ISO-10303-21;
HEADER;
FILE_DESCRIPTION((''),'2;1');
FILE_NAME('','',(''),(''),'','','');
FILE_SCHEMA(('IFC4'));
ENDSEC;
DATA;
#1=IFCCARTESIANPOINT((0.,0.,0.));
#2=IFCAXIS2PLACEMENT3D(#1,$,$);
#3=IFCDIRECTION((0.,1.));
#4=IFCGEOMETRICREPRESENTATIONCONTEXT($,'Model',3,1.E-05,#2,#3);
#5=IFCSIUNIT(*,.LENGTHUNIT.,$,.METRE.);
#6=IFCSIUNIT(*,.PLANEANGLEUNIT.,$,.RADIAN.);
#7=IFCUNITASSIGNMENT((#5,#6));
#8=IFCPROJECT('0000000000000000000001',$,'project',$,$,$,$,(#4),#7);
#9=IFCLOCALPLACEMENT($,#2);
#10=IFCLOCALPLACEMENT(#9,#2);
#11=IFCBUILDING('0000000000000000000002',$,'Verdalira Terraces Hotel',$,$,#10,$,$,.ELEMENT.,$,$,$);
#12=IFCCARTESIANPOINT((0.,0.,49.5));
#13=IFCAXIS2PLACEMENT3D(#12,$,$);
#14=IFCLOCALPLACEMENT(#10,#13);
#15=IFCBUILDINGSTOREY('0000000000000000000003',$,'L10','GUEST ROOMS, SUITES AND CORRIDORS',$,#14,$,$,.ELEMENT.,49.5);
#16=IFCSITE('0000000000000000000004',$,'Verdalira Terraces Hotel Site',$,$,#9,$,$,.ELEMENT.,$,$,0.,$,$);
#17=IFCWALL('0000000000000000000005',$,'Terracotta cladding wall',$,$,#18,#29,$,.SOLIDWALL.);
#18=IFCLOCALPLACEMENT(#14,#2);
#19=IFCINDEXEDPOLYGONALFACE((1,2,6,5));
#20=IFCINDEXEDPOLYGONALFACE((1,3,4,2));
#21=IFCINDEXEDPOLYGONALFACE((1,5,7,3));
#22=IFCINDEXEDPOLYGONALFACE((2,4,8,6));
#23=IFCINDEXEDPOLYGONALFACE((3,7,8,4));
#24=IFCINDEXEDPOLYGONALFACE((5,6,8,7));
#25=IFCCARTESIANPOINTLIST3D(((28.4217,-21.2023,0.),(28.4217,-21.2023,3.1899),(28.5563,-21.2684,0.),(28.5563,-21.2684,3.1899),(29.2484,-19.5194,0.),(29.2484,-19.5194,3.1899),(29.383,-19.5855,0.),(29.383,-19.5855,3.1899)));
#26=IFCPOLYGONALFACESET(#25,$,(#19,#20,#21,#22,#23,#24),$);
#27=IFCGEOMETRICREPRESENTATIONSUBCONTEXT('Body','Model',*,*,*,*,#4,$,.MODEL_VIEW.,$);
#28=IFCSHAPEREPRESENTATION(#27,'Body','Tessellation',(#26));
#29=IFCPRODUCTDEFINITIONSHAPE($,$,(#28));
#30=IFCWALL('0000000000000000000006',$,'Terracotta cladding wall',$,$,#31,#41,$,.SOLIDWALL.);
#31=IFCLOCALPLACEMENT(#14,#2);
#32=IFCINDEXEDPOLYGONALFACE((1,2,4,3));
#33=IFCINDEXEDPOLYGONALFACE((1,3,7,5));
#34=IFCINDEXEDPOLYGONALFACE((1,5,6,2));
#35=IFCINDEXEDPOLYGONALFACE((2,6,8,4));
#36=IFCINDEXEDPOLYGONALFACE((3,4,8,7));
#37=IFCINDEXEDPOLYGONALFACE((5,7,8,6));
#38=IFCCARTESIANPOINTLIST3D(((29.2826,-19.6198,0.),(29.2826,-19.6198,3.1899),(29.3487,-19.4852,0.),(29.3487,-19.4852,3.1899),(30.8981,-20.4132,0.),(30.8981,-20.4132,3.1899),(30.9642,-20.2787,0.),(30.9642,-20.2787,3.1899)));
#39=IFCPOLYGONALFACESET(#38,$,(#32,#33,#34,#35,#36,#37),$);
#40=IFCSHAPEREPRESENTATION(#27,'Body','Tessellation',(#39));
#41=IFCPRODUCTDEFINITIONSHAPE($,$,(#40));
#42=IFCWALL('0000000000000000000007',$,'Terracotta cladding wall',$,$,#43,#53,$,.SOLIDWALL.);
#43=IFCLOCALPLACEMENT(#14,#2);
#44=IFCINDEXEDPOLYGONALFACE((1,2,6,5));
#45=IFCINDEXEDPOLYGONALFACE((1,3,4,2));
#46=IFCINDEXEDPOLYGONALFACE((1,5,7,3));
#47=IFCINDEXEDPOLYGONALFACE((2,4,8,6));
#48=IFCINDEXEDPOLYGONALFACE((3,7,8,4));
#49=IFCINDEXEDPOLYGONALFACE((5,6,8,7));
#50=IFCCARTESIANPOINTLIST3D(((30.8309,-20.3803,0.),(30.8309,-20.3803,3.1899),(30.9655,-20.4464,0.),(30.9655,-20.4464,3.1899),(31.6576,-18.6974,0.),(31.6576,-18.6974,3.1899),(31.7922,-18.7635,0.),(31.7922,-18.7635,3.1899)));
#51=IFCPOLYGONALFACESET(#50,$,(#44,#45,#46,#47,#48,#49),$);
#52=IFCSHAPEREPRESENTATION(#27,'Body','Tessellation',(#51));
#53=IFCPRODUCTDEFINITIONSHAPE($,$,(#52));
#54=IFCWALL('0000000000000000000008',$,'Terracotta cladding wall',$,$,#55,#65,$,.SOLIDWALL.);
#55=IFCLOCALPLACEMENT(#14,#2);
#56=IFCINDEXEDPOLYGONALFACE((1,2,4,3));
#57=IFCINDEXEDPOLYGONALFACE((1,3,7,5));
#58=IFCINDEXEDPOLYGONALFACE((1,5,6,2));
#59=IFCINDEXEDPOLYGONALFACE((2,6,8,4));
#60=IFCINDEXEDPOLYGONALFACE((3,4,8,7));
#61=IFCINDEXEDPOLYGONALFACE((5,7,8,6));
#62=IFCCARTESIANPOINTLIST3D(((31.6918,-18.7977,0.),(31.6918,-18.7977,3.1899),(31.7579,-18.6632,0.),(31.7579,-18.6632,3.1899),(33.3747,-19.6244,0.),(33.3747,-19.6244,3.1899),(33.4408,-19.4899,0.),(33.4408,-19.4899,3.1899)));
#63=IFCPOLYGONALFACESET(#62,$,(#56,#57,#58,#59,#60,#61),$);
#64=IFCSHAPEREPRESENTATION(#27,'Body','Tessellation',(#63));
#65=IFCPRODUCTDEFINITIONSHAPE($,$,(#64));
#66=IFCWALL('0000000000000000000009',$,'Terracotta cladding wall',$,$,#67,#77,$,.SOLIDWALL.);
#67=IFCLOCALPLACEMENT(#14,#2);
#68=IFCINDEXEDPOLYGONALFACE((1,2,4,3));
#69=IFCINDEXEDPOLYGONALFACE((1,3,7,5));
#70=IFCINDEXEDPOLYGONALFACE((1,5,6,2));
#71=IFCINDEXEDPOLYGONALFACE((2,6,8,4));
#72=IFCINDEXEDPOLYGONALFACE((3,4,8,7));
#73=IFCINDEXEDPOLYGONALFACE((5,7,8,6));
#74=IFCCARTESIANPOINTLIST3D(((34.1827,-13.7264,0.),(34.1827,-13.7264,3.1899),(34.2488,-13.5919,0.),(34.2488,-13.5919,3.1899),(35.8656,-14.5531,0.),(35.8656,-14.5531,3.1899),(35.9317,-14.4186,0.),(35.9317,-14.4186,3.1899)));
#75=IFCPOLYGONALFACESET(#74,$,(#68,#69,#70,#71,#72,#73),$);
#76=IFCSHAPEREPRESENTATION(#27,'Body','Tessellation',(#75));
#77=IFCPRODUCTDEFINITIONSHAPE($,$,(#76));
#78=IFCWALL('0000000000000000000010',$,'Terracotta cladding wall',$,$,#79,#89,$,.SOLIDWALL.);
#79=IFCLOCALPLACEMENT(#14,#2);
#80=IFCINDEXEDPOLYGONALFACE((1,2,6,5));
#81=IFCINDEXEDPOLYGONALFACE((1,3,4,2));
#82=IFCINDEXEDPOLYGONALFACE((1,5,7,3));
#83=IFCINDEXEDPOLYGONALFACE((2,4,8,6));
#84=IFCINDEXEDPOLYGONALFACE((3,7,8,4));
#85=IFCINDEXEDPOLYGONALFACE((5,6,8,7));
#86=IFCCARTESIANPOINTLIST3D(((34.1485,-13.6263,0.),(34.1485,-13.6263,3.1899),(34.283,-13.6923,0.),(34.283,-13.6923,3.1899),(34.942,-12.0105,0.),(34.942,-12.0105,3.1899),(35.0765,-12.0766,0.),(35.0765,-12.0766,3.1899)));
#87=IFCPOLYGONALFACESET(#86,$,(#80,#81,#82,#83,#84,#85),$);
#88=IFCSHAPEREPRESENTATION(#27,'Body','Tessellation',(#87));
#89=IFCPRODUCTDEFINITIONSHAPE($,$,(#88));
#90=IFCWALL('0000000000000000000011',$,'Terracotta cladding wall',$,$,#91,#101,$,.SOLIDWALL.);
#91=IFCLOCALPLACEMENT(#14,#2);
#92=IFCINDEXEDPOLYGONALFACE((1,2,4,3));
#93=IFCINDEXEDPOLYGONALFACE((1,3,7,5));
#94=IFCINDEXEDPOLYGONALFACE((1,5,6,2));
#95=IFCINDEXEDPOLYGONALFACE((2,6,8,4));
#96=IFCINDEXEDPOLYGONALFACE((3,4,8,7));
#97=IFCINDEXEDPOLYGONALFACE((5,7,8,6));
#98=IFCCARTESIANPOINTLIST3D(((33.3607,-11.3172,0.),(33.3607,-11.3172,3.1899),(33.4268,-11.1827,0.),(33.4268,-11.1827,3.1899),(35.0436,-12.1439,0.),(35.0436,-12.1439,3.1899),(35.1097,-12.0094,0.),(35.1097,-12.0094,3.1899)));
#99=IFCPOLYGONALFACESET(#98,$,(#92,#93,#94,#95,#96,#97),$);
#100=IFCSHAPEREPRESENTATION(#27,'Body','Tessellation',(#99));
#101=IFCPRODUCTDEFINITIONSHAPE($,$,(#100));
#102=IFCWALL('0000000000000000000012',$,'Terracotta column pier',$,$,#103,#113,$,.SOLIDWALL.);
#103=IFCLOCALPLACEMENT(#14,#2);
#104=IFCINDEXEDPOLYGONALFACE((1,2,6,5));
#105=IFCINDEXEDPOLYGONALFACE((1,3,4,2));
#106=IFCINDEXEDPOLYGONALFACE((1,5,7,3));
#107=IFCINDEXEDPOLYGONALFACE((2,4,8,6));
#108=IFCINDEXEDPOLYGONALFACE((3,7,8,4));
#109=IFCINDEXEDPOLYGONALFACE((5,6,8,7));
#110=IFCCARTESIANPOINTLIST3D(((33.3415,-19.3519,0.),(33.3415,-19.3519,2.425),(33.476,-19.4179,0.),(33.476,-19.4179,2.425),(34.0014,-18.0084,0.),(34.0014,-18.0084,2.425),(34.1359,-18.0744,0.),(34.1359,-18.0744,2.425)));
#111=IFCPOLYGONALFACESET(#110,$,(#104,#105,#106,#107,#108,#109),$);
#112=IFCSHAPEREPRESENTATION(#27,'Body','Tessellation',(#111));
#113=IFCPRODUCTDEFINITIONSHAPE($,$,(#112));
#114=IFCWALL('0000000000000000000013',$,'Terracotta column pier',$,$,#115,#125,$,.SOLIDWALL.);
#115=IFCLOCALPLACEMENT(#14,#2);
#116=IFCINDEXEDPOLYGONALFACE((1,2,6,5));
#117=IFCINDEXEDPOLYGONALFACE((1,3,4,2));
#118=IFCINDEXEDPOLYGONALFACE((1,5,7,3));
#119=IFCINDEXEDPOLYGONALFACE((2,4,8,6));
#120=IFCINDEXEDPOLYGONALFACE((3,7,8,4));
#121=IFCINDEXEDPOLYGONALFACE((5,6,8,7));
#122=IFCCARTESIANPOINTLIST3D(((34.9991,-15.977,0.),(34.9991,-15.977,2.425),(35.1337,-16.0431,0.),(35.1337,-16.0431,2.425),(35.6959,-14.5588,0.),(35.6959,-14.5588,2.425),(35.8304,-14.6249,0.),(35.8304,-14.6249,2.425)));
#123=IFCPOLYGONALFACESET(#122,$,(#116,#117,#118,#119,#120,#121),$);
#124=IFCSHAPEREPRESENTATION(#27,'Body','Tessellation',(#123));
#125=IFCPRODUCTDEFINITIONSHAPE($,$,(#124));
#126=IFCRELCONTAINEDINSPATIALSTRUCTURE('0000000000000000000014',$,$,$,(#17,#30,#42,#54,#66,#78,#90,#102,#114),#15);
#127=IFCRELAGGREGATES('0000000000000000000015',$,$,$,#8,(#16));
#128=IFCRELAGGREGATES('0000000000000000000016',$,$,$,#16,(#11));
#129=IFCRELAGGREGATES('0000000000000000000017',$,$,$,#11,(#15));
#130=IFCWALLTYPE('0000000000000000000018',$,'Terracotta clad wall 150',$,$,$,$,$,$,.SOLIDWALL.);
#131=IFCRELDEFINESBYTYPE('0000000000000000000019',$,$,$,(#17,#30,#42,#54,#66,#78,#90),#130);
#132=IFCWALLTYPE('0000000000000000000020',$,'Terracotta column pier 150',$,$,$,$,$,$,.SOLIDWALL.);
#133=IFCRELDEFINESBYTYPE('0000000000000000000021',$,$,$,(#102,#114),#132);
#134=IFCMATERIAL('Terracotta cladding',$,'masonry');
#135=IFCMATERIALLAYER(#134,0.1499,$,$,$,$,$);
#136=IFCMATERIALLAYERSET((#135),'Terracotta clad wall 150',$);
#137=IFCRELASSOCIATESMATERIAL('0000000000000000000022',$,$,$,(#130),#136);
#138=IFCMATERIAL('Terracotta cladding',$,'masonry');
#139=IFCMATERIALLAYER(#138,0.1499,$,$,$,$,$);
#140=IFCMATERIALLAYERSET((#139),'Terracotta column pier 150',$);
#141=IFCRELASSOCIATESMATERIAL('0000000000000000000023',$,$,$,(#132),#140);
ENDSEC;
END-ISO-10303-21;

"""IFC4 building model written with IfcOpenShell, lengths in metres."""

from ifc_helpers import new_model, si_unit, direction, frame, frame_2d, origin, place, context, subcontext, project, spatial, rectangle, extrude, material, layer, layer_set, type_object, element, save


model = new_model("IFC4")

# Units and contexts
model_context = context("Model", 3, precision=1e-05, world=origin(), true_north=direction((0.0, 1.0)))
body_context = subcontext(model_context, "Body", "Model", "MODEL_VIEW")
ifc_project = project(units=[si_unit("LENGTHUNIT", "METRE"), si_unit("PLANEANGLEUNIT", "RADIAN")], contexts=[model_context])

# Site, building, storey
site_placement = place(None, origin())
site = spatial("IfcSite", under=ifc_project, at=site_placement, Name="Verdalira Terraces Hotel Site", CompositionType="ELEMENT", RefElevation=0.0)
building_placement = place(site_placement, origin())
building = spatial("IfcBuilding", under=site, at=building_placement, Name="Verdalira Terraces Hotel", CompositionType="ELEMENT")
storey_placement = place(building_placement, frame((0.0, 0.0, 49.5)))
storey = spatial("IfcBuildingStorey", under=building, at=storey_placement, Name="L10", Description="GUEST ROOMS, SUITES AND CORRIDORS", CompositionType="ELEMENT", Elevation=49.5)

# Walls
ifc_material_1 = material(Name="Terracotta cladding", Category="masonry")
ifc_layer_1 = layer(ifc_material_1, 0.1499)
ifc_layer_set_1 = layer_set([ifc_layer_1], Name="Terracotta clad wall 150")
wall_type_1 = type_object("IfcWallType", Name="Terracotta clad wall 150", PredefinedType="SOLIDWALL", material=ifc_layer_set_1)
wall_1_placement = place(storey_placement, frame((28.489, -21.2354, 0.0), z_axis=(0.0, 0.0, 1.0), x_axis=(0.4409, 0.897556, 0.0)))
element("IfcWall", 1, at=wall_1_placement, inside=storey, type_object=wall_type_1, Name="Terracotta cladding wall", PredefinedType="SOLIDWALL", context=body_context, shape_type="SweptSolid", body=[
    extrude(rectangle(XDim=1.875, YDim=0.1499, at=frame_2d((0.9375, 0.0))), origin(), (0.0, 0.0, 1.0), 3.1899),
])
wall_2_placement = place(storey_placement, frame((29.3157, -19.5525, 0.0), z_axis=(0.0, 0.0, 1.0), x_axis=(0.897579, -0.440854, 0.0)))
element("IfcWall", 2, at=wall_2_placement, inside=storey, type_object=wall_type_1, Name="Terracotta cladding wall", PredefinedType="SOLIDWALL", context=body_context, shape_type="SweptSolid", body=[
    extrude(rectangle(XDim=1.7998, YDim=0.1499, at=frame_2d((0.8999, 0.0))), origin(), (0.0, 0.0, 1.0), 3.1899),
])
for number, where, z_axis, x_axis, name in (
    (3, (30.8982, -20.4133, 0.0), (0.0, 0.0, 1.0), (0.4409, 0.897556, 0.0), "Terracotta cladding wall"),
    (4, (31.7249, -18.7305, 0.0), (0.0, 0.0, 1.0), (0.897556, -0.4409, 0.0), "Terracotta cladding wall"),
    (5, (35.8987, -14.4858, 0.0), (0.0, 0.0, 1.0), (-0.897556, 0.4409, 0.0), "Terracotta cladding wall"),
):
    element("IfcWall", number, at=place(storey_placement, frame(where, z_axis=z_axis, x_axis=x_axis)), inside=storey, type_object=wall_type_1, Name=name, PredefinedType="SOLIDWALL", context=body_context, shape_type="SweptSolid", body=[
        extrude(rectangle(XDim=1.875, YDim=0.1499, at=frame_2d((0.9375, 0.0))), origin(), (0.0, 0.0, 1.0), 3.1899),
    ])
wall_3_placement = place(storey_placement, frame((34.2158, -13.6592, 0.0), z_axis=(0.0, 0.0, 1.0), x_axis=(0.4408, 0.897605, 0.0)))
element("IfcWall", 6, at=wall_3_placement, inside=storey, type_object=wall_type_1, Name="Terracotta cladding wall", PredefinedType="SOLIDWALL", context=body_context, shape_type="SweptSolid", body=[
    extrude(rectangle(XDim=1.8, YDim=0.1499, at=frame_2d((0.8999, 0.0))), origin(), (0.0, 0.0, 1.0), 3.1899),
])
wall_4_placement = place(storey_placement, frame((35.0767, -12.0767, 0.0), z_axis=(0.0, 0.0, 1.0), x_axis=(-0.897556, 0.4409, 0.0)))
element("IfcWall", 7, at=wall_4_placement, inside=storey, type_object=wall_type_1, Name="Terracotta cladding wall", PredefinedType="SOLIDWALL", context=body_context, shape_type="SweptSolid", body=[
    extrude(rectangle(XDim=1.875, YDim=0.1499, at=frame_2d((0.9375, 0.0))), origin(), (0.0, 0.0, 1.0), 3.1899),
])
ifc_material_2 = material(Name="Terracotta cladding", Category="masonry")
ifc_layer_2 = layer(ifc_material_2, 0.1499)
ifc_layer_set_2 = layer_set([ifc_layer_2], Name="Terracotta column pier 150")
wall_type_2 = type_object("IfcWallType", Name="Terracotta column pier 150", PredefinedType="SOLIDWALL", material=ifc_layer_set_2)
wall_5_placement = place(storey_placement, frame((33.4087, -19.385, 0.0), z_axis=(0.0, 0.0, 1.0), x_axis=(0.440874, 0.897569, 0.0)))
element("IfcWall", 8, at=wall_5_placement, inside=storey, type_object=wall_type_2, Name="Terracotta column pier", PredefinedType="SOLIDWALL", context=body_context, shape_type="SweptSolid", body=[
    extrude(rectangle(XDim=1.4968, YDim=0.1499, at=frame_2d((0.7485, 0.0))), origin(), (0.0, 0.0, 1.0), 2.425),
])
wall_6_placement = place(storey_placement, frame((35.0664, -16.01, 0.0), z_axis=(0.0, 0.0, 1.0), x_axis=(0.440961, 0.897526, 0.0)))
element("IfcWall", 9, at=wall_6_placement, inside=storey, type_object=wall_type_2, Name="Terracotta column pier", PredefinedType="SOLIDWALL", context=body_context, shape_type="SweptSolid", body=[
    extrude(rectangle(XDim=1.5801, YDim=0.1499, at=frame_2d((0.79, 0.0))), origin(), (0.0, 0.0, 1.0), 2.425),
])

save(model, "model.ifc")
